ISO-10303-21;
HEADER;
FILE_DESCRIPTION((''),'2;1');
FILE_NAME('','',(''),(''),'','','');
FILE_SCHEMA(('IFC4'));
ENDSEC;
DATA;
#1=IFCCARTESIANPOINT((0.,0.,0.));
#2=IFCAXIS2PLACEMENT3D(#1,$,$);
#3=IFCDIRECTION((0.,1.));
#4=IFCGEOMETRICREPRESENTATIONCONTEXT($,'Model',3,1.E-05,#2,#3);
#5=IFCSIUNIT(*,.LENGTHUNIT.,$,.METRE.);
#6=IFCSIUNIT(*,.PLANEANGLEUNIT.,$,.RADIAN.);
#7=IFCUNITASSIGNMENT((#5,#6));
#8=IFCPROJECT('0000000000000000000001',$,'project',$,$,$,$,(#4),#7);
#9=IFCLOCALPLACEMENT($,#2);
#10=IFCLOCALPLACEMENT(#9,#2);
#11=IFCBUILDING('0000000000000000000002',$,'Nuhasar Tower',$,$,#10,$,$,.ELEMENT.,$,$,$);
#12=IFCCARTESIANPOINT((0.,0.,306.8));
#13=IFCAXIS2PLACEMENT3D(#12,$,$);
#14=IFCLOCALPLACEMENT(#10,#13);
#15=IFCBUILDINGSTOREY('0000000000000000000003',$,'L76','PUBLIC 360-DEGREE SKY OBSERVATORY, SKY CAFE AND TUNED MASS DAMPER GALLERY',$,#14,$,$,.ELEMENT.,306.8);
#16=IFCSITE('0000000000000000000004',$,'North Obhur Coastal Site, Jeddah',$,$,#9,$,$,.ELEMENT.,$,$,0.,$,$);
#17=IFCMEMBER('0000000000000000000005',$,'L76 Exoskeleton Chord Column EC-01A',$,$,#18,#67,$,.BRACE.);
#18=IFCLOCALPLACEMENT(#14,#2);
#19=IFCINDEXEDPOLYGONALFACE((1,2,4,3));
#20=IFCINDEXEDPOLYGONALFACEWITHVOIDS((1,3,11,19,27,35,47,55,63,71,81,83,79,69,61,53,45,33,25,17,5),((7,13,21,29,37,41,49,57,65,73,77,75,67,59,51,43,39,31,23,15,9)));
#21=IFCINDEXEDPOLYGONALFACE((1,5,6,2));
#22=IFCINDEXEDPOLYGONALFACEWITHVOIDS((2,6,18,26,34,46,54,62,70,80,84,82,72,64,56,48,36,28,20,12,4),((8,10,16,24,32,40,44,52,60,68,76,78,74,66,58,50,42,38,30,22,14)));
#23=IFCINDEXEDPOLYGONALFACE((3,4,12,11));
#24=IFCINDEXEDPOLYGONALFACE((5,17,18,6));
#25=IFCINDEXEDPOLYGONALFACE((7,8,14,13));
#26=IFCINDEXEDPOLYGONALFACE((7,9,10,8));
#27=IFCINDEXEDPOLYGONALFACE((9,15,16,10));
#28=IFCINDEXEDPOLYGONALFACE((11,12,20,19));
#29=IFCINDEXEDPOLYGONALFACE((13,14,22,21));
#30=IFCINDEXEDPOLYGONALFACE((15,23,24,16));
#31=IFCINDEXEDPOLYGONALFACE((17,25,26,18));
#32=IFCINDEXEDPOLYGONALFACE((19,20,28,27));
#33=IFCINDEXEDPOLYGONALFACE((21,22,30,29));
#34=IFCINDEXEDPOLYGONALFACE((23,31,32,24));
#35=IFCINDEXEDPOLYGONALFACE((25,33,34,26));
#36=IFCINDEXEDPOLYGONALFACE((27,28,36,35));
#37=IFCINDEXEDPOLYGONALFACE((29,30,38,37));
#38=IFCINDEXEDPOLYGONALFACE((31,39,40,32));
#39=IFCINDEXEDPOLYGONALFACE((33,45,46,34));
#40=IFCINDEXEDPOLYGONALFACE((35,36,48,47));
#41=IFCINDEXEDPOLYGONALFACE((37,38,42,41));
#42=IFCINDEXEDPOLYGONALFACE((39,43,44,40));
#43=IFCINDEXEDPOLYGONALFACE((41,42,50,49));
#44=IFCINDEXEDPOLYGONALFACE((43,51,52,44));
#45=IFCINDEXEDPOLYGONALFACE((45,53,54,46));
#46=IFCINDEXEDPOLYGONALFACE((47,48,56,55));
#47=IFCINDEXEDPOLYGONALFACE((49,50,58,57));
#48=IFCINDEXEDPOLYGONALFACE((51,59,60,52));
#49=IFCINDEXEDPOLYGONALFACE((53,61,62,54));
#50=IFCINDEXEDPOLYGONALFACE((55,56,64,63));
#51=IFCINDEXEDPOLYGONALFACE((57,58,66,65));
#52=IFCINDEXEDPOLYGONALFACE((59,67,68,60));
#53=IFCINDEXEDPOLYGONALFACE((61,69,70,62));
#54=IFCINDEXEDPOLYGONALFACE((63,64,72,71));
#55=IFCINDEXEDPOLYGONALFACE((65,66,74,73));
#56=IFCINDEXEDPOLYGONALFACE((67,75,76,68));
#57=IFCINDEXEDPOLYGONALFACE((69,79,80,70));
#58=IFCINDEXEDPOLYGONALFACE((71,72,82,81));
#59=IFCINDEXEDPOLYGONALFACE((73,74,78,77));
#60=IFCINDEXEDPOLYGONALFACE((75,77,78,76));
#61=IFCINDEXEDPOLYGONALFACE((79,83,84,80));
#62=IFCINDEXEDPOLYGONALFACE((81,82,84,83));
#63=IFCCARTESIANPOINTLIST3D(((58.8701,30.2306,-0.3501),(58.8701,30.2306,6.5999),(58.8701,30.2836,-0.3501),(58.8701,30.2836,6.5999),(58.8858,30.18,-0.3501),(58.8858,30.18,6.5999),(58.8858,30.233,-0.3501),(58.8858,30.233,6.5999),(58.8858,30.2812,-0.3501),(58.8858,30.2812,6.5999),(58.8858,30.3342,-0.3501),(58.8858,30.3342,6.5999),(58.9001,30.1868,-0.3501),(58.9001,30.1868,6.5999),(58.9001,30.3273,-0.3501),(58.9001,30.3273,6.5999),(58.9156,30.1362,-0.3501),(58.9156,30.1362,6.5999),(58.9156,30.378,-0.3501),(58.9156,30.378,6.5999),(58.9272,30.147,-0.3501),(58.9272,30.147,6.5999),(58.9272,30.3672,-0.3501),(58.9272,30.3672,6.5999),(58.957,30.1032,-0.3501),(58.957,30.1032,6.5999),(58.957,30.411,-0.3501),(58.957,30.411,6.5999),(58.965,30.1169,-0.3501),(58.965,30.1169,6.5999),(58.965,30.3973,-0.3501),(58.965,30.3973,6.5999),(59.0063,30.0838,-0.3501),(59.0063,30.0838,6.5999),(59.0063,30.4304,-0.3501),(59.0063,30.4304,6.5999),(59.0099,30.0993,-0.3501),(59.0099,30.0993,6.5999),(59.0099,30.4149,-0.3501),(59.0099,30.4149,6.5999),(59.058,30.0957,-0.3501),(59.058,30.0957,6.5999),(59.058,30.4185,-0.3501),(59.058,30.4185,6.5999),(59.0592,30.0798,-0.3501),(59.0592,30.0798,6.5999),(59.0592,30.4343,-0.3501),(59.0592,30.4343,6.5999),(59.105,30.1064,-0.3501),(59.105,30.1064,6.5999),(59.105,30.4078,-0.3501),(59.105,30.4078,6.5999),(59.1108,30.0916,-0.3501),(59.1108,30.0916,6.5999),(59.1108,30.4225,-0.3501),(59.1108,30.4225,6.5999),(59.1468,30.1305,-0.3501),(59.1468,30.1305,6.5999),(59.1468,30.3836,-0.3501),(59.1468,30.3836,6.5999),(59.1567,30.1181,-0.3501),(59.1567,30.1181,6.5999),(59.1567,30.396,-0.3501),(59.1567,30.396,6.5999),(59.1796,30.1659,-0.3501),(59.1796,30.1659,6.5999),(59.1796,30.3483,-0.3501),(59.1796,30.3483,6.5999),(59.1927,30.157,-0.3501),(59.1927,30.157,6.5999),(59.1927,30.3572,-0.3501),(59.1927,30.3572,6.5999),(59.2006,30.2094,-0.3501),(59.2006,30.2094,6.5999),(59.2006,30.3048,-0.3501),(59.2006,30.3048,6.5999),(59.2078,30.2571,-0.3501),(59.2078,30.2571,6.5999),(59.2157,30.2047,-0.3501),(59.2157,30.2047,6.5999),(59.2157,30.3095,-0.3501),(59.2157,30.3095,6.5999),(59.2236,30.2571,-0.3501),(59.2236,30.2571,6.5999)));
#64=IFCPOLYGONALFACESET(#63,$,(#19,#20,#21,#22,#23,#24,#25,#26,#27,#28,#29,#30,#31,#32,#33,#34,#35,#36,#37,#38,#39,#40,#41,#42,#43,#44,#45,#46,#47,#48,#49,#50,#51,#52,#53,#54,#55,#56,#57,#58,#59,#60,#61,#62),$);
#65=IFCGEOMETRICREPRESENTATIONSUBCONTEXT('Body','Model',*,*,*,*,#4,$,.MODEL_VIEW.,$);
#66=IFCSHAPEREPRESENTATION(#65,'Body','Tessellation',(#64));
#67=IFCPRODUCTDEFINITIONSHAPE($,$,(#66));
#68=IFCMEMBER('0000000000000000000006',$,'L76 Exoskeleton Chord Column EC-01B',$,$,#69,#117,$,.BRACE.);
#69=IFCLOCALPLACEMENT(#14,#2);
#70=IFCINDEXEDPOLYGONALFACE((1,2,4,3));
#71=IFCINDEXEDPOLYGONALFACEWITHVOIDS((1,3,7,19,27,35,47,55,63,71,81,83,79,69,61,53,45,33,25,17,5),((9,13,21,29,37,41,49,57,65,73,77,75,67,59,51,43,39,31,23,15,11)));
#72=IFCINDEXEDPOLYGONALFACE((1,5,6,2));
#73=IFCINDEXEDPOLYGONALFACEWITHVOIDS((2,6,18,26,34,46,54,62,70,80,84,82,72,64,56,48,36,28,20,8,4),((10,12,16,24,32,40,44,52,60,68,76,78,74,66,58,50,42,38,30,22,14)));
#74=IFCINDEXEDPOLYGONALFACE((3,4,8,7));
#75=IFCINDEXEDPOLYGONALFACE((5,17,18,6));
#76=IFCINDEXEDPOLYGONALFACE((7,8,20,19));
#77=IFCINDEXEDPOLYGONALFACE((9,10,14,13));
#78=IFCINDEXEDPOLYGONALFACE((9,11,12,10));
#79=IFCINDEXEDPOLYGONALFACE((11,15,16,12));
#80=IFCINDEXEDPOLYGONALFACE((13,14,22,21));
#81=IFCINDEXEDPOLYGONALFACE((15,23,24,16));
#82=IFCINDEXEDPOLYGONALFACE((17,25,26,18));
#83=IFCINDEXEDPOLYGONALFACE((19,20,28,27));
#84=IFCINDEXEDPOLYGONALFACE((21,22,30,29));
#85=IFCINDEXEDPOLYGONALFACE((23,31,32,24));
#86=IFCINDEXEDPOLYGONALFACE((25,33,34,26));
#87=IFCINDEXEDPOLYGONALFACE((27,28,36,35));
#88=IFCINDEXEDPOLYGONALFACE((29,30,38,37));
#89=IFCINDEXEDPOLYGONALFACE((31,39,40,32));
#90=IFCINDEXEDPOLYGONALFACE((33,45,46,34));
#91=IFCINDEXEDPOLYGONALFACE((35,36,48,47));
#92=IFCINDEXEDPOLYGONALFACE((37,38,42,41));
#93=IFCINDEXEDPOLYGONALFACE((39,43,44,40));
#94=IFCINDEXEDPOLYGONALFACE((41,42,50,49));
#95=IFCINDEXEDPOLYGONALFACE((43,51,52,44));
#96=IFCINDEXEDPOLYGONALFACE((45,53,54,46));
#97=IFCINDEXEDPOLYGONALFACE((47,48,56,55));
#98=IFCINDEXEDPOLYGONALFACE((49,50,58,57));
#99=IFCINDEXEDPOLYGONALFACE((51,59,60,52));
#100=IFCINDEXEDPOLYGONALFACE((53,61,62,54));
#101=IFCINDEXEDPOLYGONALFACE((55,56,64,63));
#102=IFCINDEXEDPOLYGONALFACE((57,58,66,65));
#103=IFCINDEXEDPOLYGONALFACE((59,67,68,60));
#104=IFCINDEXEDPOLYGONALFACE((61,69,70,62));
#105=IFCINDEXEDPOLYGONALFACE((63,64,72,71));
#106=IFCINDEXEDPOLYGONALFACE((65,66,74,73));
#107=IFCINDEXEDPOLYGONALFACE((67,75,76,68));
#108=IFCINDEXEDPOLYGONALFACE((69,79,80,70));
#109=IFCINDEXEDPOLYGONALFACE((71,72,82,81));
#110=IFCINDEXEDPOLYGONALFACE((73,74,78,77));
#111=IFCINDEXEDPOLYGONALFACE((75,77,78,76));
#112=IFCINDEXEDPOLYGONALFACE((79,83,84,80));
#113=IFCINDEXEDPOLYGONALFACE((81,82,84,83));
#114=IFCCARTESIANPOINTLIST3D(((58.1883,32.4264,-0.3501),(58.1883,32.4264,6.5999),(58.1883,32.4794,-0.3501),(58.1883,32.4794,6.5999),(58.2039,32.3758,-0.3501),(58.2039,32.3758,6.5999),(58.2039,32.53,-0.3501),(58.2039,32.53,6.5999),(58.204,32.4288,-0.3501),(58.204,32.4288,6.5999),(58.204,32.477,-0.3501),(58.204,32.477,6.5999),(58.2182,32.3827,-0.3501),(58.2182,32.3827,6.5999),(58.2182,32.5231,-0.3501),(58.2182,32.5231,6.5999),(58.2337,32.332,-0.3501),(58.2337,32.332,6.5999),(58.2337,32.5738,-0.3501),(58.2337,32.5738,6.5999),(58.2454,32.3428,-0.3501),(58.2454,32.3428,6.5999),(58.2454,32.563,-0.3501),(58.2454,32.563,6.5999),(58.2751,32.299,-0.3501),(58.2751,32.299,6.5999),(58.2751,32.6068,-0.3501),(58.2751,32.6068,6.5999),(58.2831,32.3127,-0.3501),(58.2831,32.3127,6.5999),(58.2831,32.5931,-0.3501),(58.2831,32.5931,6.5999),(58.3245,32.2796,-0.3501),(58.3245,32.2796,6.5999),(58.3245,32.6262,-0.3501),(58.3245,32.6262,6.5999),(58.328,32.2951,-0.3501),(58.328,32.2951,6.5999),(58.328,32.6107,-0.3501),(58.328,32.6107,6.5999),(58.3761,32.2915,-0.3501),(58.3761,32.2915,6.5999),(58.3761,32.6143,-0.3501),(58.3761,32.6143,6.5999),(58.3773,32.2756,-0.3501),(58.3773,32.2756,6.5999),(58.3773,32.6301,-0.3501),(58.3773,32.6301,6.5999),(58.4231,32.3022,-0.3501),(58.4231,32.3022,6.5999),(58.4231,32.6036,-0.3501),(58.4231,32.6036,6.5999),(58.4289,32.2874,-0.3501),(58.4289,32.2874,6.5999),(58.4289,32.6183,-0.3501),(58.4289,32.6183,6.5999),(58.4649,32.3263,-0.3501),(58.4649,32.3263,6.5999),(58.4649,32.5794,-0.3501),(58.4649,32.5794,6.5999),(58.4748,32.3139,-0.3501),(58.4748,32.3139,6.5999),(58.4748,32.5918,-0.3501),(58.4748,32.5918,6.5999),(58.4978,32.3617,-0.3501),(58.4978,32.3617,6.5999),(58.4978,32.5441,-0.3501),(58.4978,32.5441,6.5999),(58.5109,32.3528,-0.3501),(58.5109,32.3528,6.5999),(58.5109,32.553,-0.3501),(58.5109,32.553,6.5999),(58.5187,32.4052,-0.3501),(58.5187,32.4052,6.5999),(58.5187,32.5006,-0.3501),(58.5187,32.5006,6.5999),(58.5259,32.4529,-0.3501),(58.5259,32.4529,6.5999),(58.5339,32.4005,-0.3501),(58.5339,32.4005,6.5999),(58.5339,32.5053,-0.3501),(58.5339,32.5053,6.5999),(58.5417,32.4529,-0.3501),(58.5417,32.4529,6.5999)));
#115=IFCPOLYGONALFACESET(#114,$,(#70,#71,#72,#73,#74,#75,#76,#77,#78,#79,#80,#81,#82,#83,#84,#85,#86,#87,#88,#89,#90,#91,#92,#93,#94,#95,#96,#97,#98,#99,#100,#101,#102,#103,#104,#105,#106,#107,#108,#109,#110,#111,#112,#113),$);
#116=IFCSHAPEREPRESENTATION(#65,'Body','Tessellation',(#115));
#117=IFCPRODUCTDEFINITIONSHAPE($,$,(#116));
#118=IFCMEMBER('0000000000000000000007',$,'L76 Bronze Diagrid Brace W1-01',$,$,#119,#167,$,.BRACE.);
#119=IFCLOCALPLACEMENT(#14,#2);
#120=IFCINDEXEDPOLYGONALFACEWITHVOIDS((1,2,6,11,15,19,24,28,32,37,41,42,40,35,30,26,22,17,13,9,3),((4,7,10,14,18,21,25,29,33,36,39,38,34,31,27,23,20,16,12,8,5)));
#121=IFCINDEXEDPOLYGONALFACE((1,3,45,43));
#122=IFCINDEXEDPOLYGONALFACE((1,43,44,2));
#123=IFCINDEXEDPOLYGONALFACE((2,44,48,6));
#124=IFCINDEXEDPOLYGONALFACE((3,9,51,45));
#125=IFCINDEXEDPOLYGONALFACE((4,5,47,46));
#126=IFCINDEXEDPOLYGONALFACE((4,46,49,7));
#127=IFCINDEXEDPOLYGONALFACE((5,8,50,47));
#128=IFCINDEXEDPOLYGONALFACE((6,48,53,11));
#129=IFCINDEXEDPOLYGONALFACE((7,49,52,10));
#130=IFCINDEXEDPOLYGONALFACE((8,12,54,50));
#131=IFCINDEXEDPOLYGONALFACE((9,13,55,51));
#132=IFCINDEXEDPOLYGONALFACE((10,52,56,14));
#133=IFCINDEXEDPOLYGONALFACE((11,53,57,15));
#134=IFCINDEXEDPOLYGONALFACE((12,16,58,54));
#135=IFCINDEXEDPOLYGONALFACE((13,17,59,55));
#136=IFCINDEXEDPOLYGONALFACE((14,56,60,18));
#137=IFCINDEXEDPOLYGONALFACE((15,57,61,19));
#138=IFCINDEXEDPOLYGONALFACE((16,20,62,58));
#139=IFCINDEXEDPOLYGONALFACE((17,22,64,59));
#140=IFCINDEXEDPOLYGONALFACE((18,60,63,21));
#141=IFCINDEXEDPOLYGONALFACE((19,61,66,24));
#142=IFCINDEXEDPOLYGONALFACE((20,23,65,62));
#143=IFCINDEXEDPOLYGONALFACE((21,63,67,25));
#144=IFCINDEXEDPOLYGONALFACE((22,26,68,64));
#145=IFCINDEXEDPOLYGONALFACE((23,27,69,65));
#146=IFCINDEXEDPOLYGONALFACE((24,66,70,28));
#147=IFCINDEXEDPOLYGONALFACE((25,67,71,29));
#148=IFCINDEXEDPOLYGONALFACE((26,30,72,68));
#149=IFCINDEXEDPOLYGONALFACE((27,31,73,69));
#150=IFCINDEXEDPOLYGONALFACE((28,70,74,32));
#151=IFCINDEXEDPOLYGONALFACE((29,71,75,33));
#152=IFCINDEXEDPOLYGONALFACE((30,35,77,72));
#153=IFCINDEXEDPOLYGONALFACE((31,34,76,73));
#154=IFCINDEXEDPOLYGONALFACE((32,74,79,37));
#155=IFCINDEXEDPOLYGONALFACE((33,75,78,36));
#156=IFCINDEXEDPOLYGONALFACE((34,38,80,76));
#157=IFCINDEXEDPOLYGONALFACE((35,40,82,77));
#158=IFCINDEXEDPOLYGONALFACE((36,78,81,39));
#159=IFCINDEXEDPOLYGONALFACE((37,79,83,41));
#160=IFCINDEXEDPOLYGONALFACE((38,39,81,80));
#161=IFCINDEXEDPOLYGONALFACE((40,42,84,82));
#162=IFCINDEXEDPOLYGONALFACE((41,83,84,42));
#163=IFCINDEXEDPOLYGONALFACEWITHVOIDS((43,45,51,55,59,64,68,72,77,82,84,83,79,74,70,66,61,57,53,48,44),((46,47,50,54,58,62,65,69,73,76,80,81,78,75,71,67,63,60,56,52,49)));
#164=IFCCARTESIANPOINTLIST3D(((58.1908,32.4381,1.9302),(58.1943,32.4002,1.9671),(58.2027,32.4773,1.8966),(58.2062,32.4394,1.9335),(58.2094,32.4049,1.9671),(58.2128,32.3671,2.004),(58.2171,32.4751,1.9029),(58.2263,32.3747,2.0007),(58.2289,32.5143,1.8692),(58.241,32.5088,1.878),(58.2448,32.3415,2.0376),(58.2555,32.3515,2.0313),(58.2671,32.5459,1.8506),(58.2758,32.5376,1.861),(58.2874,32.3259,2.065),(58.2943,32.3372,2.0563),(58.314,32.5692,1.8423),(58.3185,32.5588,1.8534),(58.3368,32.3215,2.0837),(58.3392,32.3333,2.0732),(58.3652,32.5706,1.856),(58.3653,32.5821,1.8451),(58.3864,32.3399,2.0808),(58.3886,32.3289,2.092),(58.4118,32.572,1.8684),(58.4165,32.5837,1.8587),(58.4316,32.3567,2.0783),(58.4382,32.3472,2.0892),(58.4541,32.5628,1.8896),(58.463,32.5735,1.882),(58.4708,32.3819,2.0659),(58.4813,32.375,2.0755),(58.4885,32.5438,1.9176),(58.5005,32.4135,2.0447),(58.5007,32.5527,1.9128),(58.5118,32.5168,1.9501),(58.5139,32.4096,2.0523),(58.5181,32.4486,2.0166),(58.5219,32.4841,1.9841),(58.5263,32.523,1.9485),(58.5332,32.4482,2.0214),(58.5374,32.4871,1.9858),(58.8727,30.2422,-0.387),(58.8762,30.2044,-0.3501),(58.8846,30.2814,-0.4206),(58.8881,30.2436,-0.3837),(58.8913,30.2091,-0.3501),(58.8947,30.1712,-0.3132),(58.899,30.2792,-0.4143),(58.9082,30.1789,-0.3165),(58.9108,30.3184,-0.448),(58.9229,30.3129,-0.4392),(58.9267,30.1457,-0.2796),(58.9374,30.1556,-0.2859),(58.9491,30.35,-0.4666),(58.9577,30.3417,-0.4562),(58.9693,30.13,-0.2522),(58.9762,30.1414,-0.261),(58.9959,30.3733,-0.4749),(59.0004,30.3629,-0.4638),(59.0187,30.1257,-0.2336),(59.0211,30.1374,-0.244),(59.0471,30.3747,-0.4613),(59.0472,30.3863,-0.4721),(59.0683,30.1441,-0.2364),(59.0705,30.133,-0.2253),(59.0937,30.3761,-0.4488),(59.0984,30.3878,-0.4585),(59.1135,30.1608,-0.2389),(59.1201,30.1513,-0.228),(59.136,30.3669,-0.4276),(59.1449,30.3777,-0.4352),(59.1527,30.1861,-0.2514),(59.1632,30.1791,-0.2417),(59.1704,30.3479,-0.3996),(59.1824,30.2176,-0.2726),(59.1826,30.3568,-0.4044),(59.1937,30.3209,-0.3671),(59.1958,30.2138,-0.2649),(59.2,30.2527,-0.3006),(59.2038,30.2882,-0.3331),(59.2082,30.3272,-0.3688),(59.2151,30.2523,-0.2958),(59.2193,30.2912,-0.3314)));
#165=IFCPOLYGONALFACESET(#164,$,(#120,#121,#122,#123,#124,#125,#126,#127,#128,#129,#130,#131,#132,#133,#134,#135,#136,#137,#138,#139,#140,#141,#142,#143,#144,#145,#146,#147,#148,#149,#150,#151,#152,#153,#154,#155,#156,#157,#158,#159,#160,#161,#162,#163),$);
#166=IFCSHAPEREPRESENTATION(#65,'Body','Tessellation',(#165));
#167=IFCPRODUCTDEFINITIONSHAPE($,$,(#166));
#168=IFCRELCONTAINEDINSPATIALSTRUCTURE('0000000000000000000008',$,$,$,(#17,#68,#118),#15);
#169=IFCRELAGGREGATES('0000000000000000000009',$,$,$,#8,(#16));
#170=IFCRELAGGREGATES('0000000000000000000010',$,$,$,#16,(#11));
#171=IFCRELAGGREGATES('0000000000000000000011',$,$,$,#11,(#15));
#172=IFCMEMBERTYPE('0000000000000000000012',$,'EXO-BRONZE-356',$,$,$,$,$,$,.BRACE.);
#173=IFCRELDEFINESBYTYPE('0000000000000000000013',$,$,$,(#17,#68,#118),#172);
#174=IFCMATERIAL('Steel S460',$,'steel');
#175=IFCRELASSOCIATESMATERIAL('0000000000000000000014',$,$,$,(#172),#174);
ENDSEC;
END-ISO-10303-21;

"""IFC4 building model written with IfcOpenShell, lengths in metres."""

from ifc_helpers import new_model, si_unit, direction, frame, origin, origin_2d, place, context, subcontext, project, spatial, hollow_circle, extrude, material, material_profile, profile_set, type_object, element, save


model = new_model("IFC4")

# Units and contexts
model_context = context("Model", 3, precision=1e-05, world=origin(), true_north=direction((0.0, 1.0)))
body_context = subcontext(model_context, "Body", "Model", "MODEL_VIEW")
ifc_project = project(units=[si_unit("LENGTHUNIT", "METRE"), si_unit("PLANEANGLEUNIT", "RADIAN")], contexts=[model_context])

# Site, building, storey
site_placement = place(None, origin())
site = spatial("IfcSite", under=ifc_project, at=site_placement, Name="North Obhur Coastal Site, Jeddah", CompositionType="ELEMENT", RefElevation=0.0)
building_placement = place(site_placement, origin())
building = spatial("IfcBuilding", under=site, at=building_placement, Name="Nuhasar Tower", CompositionType="ELEMENT")
storey_placement = place(building_placement, frame((0.0, 0.0, 306.8)))
storey = spatial("IfcBuildingStorey", under=building, at=storey_placement, Name="L76", Description="PUBLIC 360-DEGREE SKY OBSERVATORY, SKY CAFE AND TUNED MASS DAMPER GALLERY", CompositionType="ELEMENT", Elevation=306.8)

# Shared definitions
ifc_material_1 = material(Name="Steel S460", Category="steel")

# Members
ifc_material_profile_1 = material_profile(ifc_material_1, hollow_circle(Radius=0.1777, WallThickness=0.0159, at=origin_2d()), Name="HSS355.6X15.9")
ifc_profile_set_1 = profile_set([ifc_material_profile_1], Name="Steel S460")
member_type_1 = type_object("IfcMemberType", Name="EXO-BRONZE-356", PredefinedType="BRACE", material=ifc_profile_set_1)
for number, where, z_axis, x_axis, name in (
    (1, (59.0459, 30.2571, -0.3501), (0.0, 0.0, 1.0), (1.0, 0.0, 0.0), "L76 Exoskeleton Chord Column EC-01A"),
    (2, (58.364, 32.4529, -0.3501), (0.0, 0.0, 1.0), (1.0, 0.0, 0.0), "L76 Exoskeleton Chord Column EC-01B"),
):
    element("IfcMember", number, at=place(storey_placement, frame(where, z_axis=z_axis, x_axis=x_axis)), inside=storey, type_object=member_type_1, Name=name, PredefinedType="BRACE", context=body_context, shape_type="SweptSolid", body=[
        extrude(hollow_circle(Radius=0.1777, WallThickness=0.0159, at=origin_2d()), origin(), (0.0, 0.0, 1.0), 6.95),
    ])
member_1_placement = place(storey_placement, frame((59.0459, 30.2571, -0.3501), z_axis=(-0.208892, 0.672672, 0.709843), x_axis=(-0.955011, -0.29657, 0.0)))
element("IfcMember", 3, at=member_1_placement, inside=storey, type_object=member_type_1, Name="L76 Bronze Diagrid Brace W1-01", PredefinedType="BRACE", context=body_context, shape_type="SweptSolid", body=[
    extrude(hollow_circle(Radius=0.1777, WallThickness=0.0159, at=origin_2d()), origin(), (0.0, 0.0, 1.0), 3.2644),
])

save(model, "model.ifc")
